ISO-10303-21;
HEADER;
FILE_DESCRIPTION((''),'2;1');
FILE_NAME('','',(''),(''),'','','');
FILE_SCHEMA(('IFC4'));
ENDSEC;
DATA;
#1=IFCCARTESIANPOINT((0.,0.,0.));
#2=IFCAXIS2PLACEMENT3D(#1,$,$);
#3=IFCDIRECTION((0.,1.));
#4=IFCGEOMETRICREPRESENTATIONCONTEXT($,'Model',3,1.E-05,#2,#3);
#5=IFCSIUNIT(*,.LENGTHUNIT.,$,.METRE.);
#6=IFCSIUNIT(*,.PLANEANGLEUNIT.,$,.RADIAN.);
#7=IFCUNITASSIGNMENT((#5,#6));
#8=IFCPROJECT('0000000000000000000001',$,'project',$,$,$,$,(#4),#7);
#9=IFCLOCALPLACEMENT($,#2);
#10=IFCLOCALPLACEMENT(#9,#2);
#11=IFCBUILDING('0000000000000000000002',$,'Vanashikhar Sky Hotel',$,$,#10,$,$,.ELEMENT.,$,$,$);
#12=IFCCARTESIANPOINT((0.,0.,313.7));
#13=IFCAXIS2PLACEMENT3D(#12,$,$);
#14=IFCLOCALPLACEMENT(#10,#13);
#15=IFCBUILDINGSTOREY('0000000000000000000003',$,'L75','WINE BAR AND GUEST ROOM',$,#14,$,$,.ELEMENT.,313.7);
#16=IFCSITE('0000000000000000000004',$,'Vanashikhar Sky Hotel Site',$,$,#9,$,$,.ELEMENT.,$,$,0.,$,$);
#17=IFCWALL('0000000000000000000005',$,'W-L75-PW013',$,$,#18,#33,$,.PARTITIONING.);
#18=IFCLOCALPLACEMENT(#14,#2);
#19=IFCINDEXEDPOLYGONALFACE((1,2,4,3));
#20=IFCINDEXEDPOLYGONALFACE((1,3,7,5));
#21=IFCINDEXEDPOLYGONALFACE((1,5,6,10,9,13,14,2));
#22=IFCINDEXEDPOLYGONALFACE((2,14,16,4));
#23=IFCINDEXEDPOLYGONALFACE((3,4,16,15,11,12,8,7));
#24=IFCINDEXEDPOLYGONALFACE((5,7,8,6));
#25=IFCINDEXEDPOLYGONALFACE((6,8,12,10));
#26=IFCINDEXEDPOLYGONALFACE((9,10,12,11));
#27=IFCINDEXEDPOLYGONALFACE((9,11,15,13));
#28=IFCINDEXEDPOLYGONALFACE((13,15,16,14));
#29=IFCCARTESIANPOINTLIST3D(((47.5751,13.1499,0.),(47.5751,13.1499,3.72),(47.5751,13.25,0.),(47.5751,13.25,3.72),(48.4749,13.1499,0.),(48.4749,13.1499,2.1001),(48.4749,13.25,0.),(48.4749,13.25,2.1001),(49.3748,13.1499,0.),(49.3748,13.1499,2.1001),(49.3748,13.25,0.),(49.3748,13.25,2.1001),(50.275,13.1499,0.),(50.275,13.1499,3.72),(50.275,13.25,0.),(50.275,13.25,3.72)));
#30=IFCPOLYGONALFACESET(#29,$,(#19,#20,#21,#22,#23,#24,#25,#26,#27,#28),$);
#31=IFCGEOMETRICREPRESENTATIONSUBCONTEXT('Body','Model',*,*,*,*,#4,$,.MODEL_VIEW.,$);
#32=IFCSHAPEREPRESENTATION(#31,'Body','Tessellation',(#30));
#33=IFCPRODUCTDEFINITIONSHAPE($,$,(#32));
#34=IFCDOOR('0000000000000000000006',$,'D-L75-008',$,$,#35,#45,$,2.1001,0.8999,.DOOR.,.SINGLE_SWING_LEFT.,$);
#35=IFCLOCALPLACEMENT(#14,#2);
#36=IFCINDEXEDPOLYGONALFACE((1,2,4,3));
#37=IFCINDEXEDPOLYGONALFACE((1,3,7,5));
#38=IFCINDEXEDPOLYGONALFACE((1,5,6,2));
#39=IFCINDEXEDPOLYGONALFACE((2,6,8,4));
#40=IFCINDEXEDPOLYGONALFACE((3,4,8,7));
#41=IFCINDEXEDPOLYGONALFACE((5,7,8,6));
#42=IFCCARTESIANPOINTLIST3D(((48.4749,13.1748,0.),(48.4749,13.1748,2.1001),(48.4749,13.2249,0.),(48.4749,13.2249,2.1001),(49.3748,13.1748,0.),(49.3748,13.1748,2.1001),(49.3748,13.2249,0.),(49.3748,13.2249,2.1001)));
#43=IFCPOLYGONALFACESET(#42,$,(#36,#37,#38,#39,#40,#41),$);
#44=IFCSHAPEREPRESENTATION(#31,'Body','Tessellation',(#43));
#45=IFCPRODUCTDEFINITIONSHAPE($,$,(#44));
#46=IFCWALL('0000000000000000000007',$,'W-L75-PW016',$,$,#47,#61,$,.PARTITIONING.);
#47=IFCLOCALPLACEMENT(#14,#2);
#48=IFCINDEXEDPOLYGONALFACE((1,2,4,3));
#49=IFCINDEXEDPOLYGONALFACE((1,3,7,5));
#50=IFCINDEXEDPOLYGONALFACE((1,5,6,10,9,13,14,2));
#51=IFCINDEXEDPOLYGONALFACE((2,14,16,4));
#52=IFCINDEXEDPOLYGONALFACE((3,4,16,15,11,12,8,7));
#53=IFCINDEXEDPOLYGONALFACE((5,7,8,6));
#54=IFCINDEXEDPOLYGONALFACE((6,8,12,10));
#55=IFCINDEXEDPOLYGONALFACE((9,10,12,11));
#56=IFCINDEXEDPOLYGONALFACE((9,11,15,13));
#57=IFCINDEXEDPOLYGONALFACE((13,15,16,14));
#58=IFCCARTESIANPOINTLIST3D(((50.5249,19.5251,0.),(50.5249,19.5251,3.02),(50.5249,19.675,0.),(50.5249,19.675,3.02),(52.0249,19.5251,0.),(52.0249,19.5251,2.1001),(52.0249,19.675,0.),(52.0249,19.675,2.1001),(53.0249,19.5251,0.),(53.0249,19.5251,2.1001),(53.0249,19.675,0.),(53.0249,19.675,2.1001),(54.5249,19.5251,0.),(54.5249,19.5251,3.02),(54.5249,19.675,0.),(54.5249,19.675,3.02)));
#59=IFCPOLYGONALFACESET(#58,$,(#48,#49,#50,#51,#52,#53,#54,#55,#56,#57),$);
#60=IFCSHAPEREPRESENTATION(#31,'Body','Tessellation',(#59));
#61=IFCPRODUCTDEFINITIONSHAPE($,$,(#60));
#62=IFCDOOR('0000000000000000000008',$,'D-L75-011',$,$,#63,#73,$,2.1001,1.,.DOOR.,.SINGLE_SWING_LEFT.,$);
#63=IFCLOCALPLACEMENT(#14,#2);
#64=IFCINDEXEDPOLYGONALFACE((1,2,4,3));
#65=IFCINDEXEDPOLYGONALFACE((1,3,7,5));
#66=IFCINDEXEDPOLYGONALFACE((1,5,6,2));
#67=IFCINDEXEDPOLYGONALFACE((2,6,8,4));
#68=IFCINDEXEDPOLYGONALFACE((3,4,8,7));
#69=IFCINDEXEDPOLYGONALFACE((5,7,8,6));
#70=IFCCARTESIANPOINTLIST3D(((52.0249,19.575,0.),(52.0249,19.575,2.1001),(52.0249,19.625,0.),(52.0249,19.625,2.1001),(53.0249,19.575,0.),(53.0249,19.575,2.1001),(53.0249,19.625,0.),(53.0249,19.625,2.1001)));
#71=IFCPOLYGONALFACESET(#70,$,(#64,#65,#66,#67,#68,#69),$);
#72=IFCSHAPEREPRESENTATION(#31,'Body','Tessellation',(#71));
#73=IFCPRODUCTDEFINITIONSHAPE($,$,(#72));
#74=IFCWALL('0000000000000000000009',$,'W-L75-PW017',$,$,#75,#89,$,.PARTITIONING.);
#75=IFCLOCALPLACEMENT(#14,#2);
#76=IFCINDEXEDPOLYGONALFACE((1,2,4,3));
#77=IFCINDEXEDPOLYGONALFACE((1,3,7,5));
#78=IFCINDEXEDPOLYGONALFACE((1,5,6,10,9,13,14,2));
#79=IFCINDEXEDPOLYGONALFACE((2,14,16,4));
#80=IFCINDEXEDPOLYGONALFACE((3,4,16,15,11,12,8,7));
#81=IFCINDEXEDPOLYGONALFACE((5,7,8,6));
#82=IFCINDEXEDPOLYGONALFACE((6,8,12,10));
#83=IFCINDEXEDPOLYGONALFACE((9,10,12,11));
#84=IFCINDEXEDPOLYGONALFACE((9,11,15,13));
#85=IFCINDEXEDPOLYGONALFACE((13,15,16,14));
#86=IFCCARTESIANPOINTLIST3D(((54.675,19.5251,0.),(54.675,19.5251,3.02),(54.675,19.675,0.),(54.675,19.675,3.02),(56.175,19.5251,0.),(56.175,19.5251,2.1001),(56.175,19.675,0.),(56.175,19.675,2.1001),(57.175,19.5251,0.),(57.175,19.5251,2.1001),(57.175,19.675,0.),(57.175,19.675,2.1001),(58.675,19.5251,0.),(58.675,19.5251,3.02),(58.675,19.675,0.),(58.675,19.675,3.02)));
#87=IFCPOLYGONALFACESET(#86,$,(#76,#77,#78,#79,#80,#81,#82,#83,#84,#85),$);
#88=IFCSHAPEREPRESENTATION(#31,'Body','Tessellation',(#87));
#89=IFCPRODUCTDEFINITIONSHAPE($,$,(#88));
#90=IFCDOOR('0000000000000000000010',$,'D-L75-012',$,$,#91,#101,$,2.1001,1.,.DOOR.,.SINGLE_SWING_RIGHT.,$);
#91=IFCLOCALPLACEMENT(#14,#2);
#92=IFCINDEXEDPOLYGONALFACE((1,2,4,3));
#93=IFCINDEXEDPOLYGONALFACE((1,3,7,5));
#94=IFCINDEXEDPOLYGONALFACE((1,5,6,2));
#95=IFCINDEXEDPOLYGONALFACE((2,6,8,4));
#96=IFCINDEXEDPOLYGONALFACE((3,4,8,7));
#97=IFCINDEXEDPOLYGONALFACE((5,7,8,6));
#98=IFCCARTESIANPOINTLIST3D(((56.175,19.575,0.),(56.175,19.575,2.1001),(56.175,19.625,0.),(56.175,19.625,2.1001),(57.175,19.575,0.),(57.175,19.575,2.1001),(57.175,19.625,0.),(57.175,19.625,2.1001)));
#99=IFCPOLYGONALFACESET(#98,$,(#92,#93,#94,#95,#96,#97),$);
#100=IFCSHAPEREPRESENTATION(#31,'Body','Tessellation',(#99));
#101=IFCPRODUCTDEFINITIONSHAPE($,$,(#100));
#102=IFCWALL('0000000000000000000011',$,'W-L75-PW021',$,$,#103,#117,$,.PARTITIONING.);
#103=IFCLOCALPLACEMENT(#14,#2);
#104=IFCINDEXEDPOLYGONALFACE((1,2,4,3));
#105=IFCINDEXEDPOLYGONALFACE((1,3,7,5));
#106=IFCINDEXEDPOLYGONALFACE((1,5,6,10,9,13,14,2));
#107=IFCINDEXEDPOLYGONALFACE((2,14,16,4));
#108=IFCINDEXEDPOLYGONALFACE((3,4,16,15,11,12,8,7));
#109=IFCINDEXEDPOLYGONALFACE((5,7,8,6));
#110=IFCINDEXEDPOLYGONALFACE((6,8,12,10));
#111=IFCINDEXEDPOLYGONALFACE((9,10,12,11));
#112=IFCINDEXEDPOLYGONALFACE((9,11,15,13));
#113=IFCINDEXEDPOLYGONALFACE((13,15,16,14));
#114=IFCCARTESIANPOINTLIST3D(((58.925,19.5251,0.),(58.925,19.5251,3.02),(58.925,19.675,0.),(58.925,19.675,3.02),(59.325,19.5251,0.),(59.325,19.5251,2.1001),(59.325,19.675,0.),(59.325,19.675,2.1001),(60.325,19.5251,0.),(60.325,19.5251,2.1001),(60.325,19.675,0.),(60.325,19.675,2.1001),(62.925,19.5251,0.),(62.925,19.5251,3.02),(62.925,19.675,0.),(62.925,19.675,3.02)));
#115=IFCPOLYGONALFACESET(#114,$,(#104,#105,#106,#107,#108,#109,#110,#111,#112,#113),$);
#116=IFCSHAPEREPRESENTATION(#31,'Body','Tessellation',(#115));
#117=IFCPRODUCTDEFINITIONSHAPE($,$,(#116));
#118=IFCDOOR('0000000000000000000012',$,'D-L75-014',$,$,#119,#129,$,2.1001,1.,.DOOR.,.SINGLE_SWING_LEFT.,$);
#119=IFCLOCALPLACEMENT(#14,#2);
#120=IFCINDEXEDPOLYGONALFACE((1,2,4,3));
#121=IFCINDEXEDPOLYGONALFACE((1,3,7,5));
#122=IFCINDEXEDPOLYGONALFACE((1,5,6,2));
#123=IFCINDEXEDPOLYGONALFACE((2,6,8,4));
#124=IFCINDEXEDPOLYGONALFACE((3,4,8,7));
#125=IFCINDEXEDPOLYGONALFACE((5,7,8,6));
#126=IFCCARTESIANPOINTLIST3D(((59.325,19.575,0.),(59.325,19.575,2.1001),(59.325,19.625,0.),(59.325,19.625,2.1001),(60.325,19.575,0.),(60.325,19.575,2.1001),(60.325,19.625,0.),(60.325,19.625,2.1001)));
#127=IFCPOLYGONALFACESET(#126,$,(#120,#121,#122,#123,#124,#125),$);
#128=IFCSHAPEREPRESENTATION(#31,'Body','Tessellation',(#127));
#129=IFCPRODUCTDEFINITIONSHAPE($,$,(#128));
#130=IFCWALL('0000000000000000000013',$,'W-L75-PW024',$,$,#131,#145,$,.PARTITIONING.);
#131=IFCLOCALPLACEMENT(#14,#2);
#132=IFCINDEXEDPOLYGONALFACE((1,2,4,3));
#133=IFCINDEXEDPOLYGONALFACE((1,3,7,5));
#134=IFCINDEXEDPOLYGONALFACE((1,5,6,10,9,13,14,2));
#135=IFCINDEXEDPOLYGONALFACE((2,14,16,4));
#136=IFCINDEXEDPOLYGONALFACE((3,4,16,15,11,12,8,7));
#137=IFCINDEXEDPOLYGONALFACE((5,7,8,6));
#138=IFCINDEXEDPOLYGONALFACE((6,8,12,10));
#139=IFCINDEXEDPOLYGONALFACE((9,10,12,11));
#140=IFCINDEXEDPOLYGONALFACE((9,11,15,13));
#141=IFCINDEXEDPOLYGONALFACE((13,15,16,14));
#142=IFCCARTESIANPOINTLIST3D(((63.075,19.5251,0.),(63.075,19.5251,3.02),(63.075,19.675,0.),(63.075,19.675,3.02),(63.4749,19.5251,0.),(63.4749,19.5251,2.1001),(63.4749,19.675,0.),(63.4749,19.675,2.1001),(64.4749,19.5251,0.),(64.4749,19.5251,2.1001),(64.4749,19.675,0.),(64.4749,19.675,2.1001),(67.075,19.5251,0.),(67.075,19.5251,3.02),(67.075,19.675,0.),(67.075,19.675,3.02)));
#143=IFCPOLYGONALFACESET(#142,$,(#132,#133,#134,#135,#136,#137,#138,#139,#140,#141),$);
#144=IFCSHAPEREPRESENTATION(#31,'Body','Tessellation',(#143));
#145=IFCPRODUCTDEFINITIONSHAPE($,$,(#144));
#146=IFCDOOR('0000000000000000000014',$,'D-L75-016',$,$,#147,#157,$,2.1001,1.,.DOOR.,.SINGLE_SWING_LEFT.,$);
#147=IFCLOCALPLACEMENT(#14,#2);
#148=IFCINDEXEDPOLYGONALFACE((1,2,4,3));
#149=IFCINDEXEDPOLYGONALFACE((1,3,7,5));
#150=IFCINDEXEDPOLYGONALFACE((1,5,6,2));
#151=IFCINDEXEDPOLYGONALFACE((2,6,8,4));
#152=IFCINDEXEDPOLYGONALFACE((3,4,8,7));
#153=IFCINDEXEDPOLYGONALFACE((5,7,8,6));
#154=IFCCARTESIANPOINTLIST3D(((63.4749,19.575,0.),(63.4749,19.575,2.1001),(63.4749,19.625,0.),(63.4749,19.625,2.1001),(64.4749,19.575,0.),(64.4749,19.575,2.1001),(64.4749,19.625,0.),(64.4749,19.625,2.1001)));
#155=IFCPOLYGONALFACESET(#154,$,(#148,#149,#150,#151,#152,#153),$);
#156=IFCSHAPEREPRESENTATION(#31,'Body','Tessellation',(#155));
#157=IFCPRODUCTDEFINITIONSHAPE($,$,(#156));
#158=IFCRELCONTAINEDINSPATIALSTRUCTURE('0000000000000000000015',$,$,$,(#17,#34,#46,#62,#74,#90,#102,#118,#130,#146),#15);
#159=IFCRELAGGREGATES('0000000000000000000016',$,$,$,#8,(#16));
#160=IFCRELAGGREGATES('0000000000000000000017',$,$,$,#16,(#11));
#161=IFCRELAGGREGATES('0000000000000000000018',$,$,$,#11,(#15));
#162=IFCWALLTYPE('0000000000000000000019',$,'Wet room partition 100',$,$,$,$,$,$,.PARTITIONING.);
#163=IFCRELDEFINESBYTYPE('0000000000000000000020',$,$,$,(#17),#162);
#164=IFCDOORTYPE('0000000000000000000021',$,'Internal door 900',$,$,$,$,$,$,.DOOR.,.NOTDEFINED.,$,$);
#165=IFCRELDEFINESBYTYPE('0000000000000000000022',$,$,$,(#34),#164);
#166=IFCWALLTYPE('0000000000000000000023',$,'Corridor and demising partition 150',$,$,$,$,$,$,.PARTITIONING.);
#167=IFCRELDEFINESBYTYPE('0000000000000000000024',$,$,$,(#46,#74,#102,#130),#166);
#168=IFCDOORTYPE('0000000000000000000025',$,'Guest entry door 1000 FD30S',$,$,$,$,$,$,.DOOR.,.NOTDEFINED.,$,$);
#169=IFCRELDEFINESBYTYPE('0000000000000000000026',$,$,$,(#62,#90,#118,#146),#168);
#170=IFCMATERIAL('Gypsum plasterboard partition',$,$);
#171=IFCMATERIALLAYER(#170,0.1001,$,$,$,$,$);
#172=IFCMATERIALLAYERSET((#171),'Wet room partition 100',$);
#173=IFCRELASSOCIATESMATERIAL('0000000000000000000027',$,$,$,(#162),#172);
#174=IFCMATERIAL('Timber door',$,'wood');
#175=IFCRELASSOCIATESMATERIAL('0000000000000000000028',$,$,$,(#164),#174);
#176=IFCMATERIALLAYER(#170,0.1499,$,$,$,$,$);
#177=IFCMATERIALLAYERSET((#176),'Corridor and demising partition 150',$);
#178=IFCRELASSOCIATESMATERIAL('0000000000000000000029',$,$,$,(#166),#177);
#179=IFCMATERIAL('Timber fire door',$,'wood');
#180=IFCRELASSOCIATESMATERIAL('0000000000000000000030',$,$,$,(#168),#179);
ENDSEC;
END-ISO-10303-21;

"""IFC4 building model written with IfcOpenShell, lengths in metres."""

from ifc_helpers import new_model, si_unit, direction, frame, frame_2d, origin, place, context, subcontext, project, spatial, rectangle, extrude, source, transform, mapped, material, layer, layer_set, type_object, element, fill, save


model = new_model("IFC4")

# Units and contexts
model_context = context("Model", 3, precision=1e-05, world=origin(), true_north=direction((0.0, 1.0)))
body_context = subcontext(model_context, "Body", "Model", "MODEL_VIEW")
ifc_project = project(units=[si_unit("LENGTHUNIT", "METRE"), si_unit("PLANEANGLEUNIT", "RADIAN")], contexts=[model_context])

# Site, building, storey
site_placement = place(None, origin())
site = spatial("IfcSite", under=ifc_project, at=site_placement, Name="Vanashikhar Sky Hotel Site", CompositionType="ELEMENT", RefElevation=0.0)
building_placement = place(site_placement, origin())
building = spatial("IfcBuilding", under=site, at=building_placement, Name="Vanashikhar Sky Hotel", CompositionType="ELEMENT")
storey_placement = place(building_placement, frame((0.0, 0.0, 313.7)))
storey = spatial("IfcBuildingStorey", under=building, at=storey_placement, Name="L75", Description="WINE BAR AND GUEST ROOM", CompositionType="ELEMENT", Elevation=313.7)

# Shared definitions
ifc_material_1 = material(Name="Gypsum plasterboard partition")
ifc_layer_1 = layer(ifc_material_1, 0.1001)
ifc_layer_set_1 = layer_set([ifc_layer_1], Name="Wet room partition 100")
wall_type_1 = type_object("IfcWallType", Name="Wet room partition 100", PredefinedType="PARTITIONING", material=ifc_layer_set_1)

# Walls, openings, doors
shared_shape_1 = source(origin(), body_context, "Body", "SweptSolid", [
    extrude(rectangle(XDim=2.7, YDim=0.1001, at=frame_2d((1.3501, 0.0))), origin(), (0.0, 0.0, 1.0), 3.72),
])
wall_1_placement = place(storey_placement, frame((47.575, 13.2, 0.0), z_axis=(0.0, 0.0, 1.0), x_axis=(1.0, 0.0, 0.0)))
wall_1 = element("IfcWall", 1, at=wall_1_placement, inside=storey, type_object=wall_type_1, Name="W-L75-PW013", PredefinedType="PARTITIONING", context=body_context, shape_type="MappedRepresentation", body=[
    mapped(shared_shape_1, transform((0.0, 0.0, 0.0), scale=1.0)),
])
shared_shape_2 = source(origin(), body_context, "Body", "SweptSolid", [
    extrude(rectangle(XDim=0.8999, YDim=2.1001, at=frame_2d((0.45, 1.05))), frame((0.0, 0.0601, 0.0), z_axis=(0.0, -1.0, 0.0), x_axis=(1.0, 0.0, 0.0)), (0.0, 0.0, 1.0), 0.1201),
])
opening_1_placement = place(wall_1_placement, frame((0.8999, 0.0, 0.0)))
opening_1 = element("IfcOpeningElement", 2, at=opening_1_placement, cuts=wall_1, PredefinedType="OPENING", context=body_context, shape_type="MappedRepresentation", body=[
    mapped(shared_shape_2, transform((0.0, 0.0, 0.0), scale=1.0)),
])
ifc_material_2 = material(Name="Timber door", Category="wood")
door_type_1 = type_object("IfcDoorType", Name="Internal door 900", OperationType="NOTDEFINED", PredefinedType="DOOR", material=ifc_material_2)
shared_shape_3 = source(origin(), body_context, "Body", "SweptSolid", [
    extrude(rectangle(XDim=0.8999, YDim=2.1001, at=frame_2d((0.45, 1.05))), frame((0.0, 0.0249, 0.0), z_axis=(0.0, -1.0, 0.0), x_axis=(1.0, 0.0, 0.0)), (0.0, 0.0, 1.0), 0.05),
])
door_1_placement = place(opening_1_placement, origin())
door_1 = element("IfcDoor", 3, at=door_1_placement, inside=storey, type_object=door_type_1, Name="D-L75-008", OperationType="SINGLE_SWING_LEFT", OverallHeight=2.1001, OverallWidth=0.8999, PredefinedType="DOOR", context=body_context, shape_type="MappedRepresentation", body=[
    mapped(shared_shape_3, transform((0.0, 0.0, 0.0), scale=1.0)),
])
fill(opening_1, door_1)
ifc_layer_2 = layer(ifc_material_1, 0.1499)
ifc_layer_set_2 = layer_set([ifc_layer_2], Name="Corridor and demising partition 150")
wall_type_2 = type_object("IfcWallType", Name="Corridor and demising partition 150", PredefinedType="PARTITIONING", material=ifc_layer_set_2)
shared_shape_4 = source(origin(), body_context, "Body", "SweptSolid", [
    extrude(rectangle(XDim=4.0, YDim=0.1499, at=frame_2d((2.0, 0.0))), origin(), (0.0, 0.0, 1.0), 3.02),
])
wall_2_placement = place(storey_placement, frame((50.5249, 19.6001, 0.0), z_axis=(0.0, 0.0, 1.0), x_axis=(1.0, 0.0, 0.0)))
wall_2 = element("IfcWall", 4, at=wall_2_placement, inside=storey, type_object=wall_type_2, Name="W-L75-PW016", PredefinedType="PARTITIONING", context=body_context, shape_type="MappedRepresentation", body=[
    mapped(shared_shape_4, transform((0.0, 0.0, 0.0), scale=1.0)),
])
shared_shape_5 = source(origin(), body_context, "Body", "SweptSolid", [
    extrude(rectangle(XDim=1.0, YDim=2.1001, at=frame_2d((0.5, 1.05))), frame((0.0, 0.085, 0.0), z_axis=(0.0, -1.0, 0.0), x_axis=(1.0, 0.0, 0.0)), (0.0, 0.0, 1.0), 0.1699),
])
opening_2_placement = place(wall_2_placement, frame((1.5, 0.0, 0.0)))
opening_2 = element("IfcOpeningElement", 5, at=opening_2_placement, cuts=wall_2, PredefinedType="OPENING", context=body_context, shape_type="MappedRepresentation", body=[
    mapped(shared_shape_5, transform((0.0, 0.0, 0.0), scale=1.0)),
])
ifc_material_3 = material(Name="Timber fire door", Category="wood")
door_type_2 = type_object("IfcDoorType", Name="Guest entry door 1000 FD30S", OperationType="NOTDEFINED", PredefinedType="DOOR", material=ifc_material_3)
shared_shape_6 = source(origin(), body_context, "Body", "SweptSolid", [
    extrude(rectangle(XDim=1.0, YDim=2.1001, at=frame_2d((0.5, 1.05))), frame((0.0, 0.0249, 0.0), z_axis=(0.0, -1.0, 0.0), x_axis=(1.0, 0.0, 0.0)), (0.0, 0.0, 1.0), 0.05),
])
door_2_placement = place(opening_2_placement, origin())
door_2 = element("IfcDoor", 6, at=door_2_placement, inside=storey, type_object=door_type_2, Name="D-L75-011", OperationType="SINGLE_SWING_LEFT", OverallHeight=2.1001, OverallWidth=1.0, PredefinedType="DOOR", context=body_context, shape_type="MappedRepresentation", body=[
    mapped(shared_shape_6, transform((0.0, 0.0, 0.0), scale=1.0)),
])
fill(opening_2, door_2)
wall_3_placement = place(storey_placement, frame((54.675, 19.6001, 0.0), z_axis=(0.0, 0.0, 1.0), x_axis=(1.0, 0.0, 0.0)))
wall_3 = element("IfcWall", 7, at=wall_3_placement, inside=storey, type_object=wall_type_2, Name="W-L75-PW017", PredefinedType="PARTITIONING", context=body_context, shape_type="MappedRepresentation", body=[
    mapped(shared_shape_4, transform((0.0, 0.0, 0.0), scale=1.0)),
])
opening_3_placement = place(wall_3_placement, frame((1.5, 0.0, 0.0)))
opening_3 = element("IfcOpeningElement", 8, at=opening_3_placement, cuts=wall_3, PredefinedType="OPENING", context=body_context, shape_type="MappedRepresentation", body=[
    mapped(shared_shape_5, transform((0.0, 0.0, 0.0), scale=1.0)),
])
door_3_placement = place(opening_3_placement, origin())
door_3 = element("IfcDoor", 9, at=door_3_placement, inside=storey, type_object=door_type_2, Name="D-L75-012", OperationType="SINGLE_SWING_RIGHT", OverallHeight=2.1001, OverallWidth=1.0, PredefinedType="DOOR", context=body_context, shape_type="MappedRepresentation", body=[
    mapped(shared_shape_6, transform((0.0, 0.0, 0.0), scale=1.0)),
])
fill(opening_3, door_3)
wall_4_placement = place(storey_placement, frame((58.925, 19.6001, 0.0), z_axis=(0.0, 0.0, 1.0), x_axis=(1.0, 0.0, 0.0)))
wall_4 = element("IfcWall", 10, at=wall_4_placement, inside=storey, type_object=wall_type_2, Name="W-L75-PW021", PredefinedType="PARTITIONING", context=body_context, shape_type="MappedRepresentation", body=[
    mapped(shared_shape_4, transform((0.0, 0.0, 0.0), scale=1.0)),
])
opening_4_placement = place(wall_4_placement, frame((0.3999, 0.0, 0.0)))
opening_4 = element("IfcOpeningElement", 11, at=opening_4_placement, cuts=wall_4, PredefinedType="OPENING", context=body_context, shape_type="MappedRepresentation", body=[
    mapped(shared_shape_5, transform((0.0, 0.0, 0.0), scale=1.0)),
])
door_4_placement = place(opening_4_placement, origin())
door_4 = element("IfcDoor", 12, at=door_4_placement, inside=storey, type_object=door_type_2, Name="D-L75-014", OperationType="SINGLE_SWING_LEFT", OverallHeight=2.1001, OverallWidth=1.0, PredefinedType="DOOR", context=body_context, shape_type="MappedRepresentation", body=[
    mapped(shared_shape_6, transform((0.0, 0.0, 0.0), scale=1.0)),
])
fill(opening_4, door_4)
wall_5_placement = place(storey_placement, frame((63.075, 19.6001, 0.0), z_axis=(0.0, 0.0, 1.0), x_axis=(1.0, 0.0, 0.0)))
wall_5 = element("IfcWall", 13, at=wall_5_placement, inside=storey, type_object=wall_type_2, Name="W-L75-PW024", PredefinedType="PARTITIONING", context=body_context, shape_type="MappedRepresentation", body=[
    mapped(shared_shape_4, transform((0.0, 0.0, 0.0), scale=1.0)),
])
opening_5_placement = place(wall_5_placement, frame((0.3999, 0.0, 0.0)))
opening_5 = element("IfcOpeningElement", 14, at=opening_5_placement, cuts=wall_5, PredefinedType="OPENING", context=body_context, shape_type="MappedRepresentation", body=[
    mapped(shared_shape_5, transform((0.0, 0.0, 0.0), scale=1.0)),
])
door_5_placement = place(opening_5_placement, origin())
door_5 = element("IfcDoor", 15, at=door_5_placement, inside=storey, type_object=door_type_2, Name="D-L75-016", OperationType="SINGLE_SWING_LEFT", OverallHeight=2.1001, OverallWidth=1.0, PredefinedType="DOOR", context=body_context, shape_type="MappedRepresentation", body=[
    mapped(shared_shape_6, transform((0.0, 0.0, 0.0), scale=1.0)),
])
fill(opening_5, door_5)

save(model, "model.ifc")
